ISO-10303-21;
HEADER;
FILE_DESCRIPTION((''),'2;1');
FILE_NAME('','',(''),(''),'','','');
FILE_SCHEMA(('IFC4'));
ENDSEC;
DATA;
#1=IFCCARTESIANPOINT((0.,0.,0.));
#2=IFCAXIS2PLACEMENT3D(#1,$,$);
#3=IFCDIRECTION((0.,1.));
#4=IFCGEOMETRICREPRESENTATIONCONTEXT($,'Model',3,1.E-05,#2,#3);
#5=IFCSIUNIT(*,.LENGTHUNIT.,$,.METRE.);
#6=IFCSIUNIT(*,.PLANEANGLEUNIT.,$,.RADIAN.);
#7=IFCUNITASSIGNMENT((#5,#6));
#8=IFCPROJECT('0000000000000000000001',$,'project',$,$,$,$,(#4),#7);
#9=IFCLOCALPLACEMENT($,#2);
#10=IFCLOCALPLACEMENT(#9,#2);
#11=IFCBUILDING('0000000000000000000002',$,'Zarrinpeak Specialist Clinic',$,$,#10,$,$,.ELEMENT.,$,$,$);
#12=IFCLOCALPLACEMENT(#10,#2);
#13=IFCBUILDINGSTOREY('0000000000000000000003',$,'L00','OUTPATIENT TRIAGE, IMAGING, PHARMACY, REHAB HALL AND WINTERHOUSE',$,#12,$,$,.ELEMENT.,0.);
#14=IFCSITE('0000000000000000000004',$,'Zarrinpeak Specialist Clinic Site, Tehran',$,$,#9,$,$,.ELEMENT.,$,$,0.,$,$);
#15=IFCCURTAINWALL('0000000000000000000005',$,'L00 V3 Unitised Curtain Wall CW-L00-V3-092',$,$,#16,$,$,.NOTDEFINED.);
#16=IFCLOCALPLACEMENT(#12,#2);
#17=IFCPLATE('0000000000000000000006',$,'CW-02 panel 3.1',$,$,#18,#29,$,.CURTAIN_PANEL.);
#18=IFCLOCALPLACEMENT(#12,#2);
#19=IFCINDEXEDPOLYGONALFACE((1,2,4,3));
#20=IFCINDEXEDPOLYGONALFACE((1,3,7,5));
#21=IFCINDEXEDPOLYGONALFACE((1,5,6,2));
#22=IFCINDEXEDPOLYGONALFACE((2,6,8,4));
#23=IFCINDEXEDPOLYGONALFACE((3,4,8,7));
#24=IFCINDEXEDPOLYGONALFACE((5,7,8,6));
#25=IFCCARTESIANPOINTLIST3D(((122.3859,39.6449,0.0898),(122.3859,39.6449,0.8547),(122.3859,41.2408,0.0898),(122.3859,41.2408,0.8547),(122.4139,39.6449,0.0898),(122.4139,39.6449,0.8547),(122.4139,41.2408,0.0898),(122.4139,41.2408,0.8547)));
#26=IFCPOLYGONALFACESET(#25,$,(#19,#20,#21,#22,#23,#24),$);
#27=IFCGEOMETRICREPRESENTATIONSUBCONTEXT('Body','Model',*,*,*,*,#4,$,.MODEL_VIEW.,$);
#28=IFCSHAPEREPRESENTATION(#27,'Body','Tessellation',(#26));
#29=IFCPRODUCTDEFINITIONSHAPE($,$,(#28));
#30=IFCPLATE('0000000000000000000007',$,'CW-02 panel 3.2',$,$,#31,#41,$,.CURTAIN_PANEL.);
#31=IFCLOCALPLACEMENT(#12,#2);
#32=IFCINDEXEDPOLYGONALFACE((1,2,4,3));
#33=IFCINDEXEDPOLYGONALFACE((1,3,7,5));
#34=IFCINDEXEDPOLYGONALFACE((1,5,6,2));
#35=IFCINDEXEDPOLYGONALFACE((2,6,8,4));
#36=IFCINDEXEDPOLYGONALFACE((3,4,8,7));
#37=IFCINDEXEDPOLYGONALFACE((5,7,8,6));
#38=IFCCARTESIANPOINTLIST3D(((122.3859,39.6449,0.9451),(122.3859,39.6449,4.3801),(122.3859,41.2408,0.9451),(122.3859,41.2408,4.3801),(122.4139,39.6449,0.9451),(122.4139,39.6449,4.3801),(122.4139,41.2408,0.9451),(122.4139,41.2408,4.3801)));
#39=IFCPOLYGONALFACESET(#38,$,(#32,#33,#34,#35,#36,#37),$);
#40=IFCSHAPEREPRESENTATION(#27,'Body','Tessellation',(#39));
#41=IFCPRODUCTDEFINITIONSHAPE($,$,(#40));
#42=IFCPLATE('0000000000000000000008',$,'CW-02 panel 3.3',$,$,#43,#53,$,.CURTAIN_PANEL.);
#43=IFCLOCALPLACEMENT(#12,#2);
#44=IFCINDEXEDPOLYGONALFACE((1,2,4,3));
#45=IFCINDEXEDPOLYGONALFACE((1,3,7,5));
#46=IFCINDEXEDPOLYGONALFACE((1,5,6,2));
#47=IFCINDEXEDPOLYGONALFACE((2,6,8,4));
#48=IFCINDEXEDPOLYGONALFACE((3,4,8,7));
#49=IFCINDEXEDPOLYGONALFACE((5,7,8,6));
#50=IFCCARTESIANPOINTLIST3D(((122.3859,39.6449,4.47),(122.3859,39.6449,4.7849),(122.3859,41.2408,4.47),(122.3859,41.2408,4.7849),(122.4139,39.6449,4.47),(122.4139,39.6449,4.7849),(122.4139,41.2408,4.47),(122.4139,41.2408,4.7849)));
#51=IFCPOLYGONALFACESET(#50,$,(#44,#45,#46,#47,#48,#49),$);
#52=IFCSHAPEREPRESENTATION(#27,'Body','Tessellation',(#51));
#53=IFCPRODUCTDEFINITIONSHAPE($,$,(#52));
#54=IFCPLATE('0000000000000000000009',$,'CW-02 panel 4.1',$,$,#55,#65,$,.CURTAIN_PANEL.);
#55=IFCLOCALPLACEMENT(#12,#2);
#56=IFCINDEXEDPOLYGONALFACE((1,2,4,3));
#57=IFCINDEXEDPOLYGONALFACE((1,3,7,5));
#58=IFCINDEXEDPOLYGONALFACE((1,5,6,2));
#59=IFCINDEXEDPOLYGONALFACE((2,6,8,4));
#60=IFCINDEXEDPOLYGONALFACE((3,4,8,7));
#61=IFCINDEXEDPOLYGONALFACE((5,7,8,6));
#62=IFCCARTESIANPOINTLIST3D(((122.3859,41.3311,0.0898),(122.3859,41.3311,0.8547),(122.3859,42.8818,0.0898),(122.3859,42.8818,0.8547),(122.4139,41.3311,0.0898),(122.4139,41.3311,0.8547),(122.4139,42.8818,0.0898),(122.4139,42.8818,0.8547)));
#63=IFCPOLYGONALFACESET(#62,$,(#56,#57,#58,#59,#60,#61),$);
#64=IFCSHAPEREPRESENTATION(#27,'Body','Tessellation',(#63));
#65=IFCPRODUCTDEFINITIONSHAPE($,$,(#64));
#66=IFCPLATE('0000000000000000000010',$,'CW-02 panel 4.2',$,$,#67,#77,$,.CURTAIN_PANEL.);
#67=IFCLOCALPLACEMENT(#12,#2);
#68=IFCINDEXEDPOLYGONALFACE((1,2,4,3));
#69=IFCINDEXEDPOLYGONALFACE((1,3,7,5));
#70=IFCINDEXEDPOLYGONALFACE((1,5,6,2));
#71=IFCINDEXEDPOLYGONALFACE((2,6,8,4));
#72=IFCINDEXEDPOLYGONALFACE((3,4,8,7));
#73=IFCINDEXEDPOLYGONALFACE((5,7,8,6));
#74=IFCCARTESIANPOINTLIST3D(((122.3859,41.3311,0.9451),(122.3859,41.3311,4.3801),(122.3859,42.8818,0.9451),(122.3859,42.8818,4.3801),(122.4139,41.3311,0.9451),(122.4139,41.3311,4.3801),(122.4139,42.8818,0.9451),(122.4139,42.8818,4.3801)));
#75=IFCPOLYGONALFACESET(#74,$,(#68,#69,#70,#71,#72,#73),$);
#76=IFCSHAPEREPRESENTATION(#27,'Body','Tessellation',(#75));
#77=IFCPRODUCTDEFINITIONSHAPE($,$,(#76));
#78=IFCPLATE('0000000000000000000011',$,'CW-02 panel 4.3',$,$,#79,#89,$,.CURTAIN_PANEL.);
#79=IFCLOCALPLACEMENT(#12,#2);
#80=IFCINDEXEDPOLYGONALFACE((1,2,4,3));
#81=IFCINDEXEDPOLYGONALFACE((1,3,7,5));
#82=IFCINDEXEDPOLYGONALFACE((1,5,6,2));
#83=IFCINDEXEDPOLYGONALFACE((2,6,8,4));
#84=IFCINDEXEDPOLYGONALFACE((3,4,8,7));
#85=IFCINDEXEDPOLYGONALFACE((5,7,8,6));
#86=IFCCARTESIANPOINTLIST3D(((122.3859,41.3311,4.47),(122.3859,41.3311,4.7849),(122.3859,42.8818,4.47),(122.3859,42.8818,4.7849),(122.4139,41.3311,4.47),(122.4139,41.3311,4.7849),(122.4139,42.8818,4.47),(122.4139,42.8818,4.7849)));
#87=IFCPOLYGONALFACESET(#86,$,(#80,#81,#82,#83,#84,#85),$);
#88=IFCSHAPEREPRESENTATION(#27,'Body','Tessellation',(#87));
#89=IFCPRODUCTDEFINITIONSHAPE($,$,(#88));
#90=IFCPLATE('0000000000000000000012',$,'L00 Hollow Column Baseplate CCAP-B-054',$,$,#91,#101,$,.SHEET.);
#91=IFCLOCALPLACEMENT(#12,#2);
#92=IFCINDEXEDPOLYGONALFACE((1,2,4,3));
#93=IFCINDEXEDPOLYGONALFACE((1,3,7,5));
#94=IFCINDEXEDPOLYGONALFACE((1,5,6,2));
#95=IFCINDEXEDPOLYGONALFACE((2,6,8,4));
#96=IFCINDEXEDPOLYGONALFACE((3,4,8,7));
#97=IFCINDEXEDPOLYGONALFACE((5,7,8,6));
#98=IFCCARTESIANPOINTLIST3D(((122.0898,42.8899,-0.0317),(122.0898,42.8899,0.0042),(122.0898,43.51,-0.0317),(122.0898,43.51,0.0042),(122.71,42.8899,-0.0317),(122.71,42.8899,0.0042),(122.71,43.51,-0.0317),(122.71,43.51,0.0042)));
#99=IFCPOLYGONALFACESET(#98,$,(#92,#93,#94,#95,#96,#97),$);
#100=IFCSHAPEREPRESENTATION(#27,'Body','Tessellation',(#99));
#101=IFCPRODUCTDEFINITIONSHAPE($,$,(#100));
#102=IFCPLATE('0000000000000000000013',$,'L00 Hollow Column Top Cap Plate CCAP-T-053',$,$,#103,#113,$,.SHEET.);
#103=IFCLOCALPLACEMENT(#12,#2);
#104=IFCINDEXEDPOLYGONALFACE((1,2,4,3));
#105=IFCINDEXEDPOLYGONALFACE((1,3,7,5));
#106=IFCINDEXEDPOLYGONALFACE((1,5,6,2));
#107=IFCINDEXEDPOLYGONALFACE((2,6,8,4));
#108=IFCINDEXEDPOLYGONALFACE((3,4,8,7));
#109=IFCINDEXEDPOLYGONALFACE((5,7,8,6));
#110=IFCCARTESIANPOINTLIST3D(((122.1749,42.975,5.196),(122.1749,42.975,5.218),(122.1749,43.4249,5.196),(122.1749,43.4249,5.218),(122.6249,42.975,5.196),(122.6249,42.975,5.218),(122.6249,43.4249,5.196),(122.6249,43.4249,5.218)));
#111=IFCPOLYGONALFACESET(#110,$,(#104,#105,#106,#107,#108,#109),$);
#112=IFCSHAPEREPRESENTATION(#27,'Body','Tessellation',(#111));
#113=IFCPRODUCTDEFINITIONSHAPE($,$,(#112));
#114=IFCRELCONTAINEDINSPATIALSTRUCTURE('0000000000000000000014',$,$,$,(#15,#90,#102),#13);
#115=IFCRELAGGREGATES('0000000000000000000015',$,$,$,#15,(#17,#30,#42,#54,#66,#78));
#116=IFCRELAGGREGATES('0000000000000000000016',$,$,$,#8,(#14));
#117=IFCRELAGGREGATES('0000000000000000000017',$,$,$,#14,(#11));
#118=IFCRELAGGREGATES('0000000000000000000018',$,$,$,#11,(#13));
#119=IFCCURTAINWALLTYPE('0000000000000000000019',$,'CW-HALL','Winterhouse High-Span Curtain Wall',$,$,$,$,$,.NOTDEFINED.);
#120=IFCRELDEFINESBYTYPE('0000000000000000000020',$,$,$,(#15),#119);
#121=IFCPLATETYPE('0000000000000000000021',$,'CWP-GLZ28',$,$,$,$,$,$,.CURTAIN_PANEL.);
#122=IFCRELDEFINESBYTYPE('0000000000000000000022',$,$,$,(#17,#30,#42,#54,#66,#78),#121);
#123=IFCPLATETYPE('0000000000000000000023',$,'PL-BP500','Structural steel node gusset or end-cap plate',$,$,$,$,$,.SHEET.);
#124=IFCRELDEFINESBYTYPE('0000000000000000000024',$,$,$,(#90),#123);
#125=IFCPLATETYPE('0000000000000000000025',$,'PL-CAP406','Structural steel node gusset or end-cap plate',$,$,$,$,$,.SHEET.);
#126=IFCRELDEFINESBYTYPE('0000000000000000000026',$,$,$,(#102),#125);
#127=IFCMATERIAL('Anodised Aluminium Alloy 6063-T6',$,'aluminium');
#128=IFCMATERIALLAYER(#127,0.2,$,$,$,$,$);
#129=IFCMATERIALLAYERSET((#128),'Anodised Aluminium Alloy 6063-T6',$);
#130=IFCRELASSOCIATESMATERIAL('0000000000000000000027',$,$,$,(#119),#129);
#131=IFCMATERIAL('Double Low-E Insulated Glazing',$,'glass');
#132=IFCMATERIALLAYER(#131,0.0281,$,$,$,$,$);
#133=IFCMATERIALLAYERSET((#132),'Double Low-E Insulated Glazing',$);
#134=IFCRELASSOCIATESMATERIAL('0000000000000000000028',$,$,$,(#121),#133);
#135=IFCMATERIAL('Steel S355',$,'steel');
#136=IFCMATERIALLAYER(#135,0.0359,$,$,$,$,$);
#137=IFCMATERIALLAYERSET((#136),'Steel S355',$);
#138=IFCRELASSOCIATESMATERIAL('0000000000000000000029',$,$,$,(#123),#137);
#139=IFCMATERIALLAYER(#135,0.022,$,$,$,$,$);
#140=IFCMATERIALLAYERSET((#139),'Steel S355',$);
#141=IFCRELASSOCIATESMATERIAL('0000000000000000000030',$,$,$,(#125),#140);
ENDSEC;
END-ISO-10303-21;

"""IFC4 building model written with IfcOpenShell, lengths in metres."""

from ifc_helpers import new_model, si_unit, direction, frame, origin, origin_2d, place, context, subcontext, project, spatial, rectangle, extrude, material, layer, layer_set, type_object, element, aggregate, save


model = new_model("IFC4")

# Units and contexts
model_context = context("Model", 3, precision=1e-05, world=origin(), true_north=direction((0.0, 1.0)))
body_context = subcontext(model_context, "Body", "Model", "MODEL_VIEW")
ifc_project = project(units=[si_unit("LENGTHUNIT", "METRE"), si_unit("PLANEANGLEUNIT", "RADIAN")], contexts=[model_context])

# Site, building, storey
site_placement = place(None, origin())
site = spatial("IfcSite", under=ifc_project, at=site_placement, Name="Zarrinpeak Specialist Clinic Site, Tehran", CompositionType="ELEMENT", RefElevation=0.0)
building_placement = place(site_placement, origin())
building = spatial("IfcBuilding", under=site, at=building_placement, Name="Zarrinpeak Specialist Clinic", CompositionType="ELEMENT")
storey_placement = place(building_placement, origin())
storey = spatial("IfcBuildingStorey", under=building, at=storey_placement, Name="L00", Description="OUTPATIENT TRIAGE, IMAGING, PHARMACY, REHAB HALL AND WINTERHOUSE", CompositionType="ELEMENT", Elevation=0.0)

# Shared definitions
ifc_material_1 = material(Name="Steel S355", Category="steel")

# Curtain wall
ifc_material_2 = material(Name="Anodised Aluminium Alloy 6063-T6", Category="aluminium")
ifc_layer_1 = layer(ifc_material_2, 0.2)
ifc_layer_set_1 = layer_set([ifc_layer_1], Name="Anodised Aluminium Alloy 6063-T6")
curtain_wall_type = type_object("IfcCurtainWallType", Name="CW-HALL", Description="Winterhouse High-Span Curtain Wall", PredefinedType="NOTDEFINED", material=ifc_layer_set_1)
curtain_wall_1_placement = place(storey_placement, origin())
curtain_wall_1 = element("IfcCurtainWall", 1, at=curtain_wall_1_placement, inside=storey, type_object=curtain_wall_type, Name="L00 V3 Unitised Curtain Wall CW-L00-V3-092", PredefinedType="NOTDEFINED")

# Plates
ifc_material_3 = material(Name="Double Low-E Insulated Glazing", Category="glass")
ifc_layer_2 = layer(ifc_material_3, 0.0281)
ifc_layer_set_2 = layer_set([ifc_layer_2], Name="Double Low-E Insulated Glazing")
plate_type_1 = type_object("IfcPlateType", Name="CWP-GLZ28", PredefinedType="CURTAIN_PANEL", material=ifc_layer_set_2)
plate_1_placement = place(storey_placement, frame((122.3999, 40.4429, 0.0898), z_axis=(0.0, 0.0, 1.0), x_axis=(0.0, 1.0, 0.0)))
plate_1 = element("IfcPlate", 2, at=plate_1_placement, type_object=plate_type_1, Name="CW-02 panel 3.1", PredefinedType="CURTAIN_PANEL", context=body_context, shape_type="SweptSolid", body=[
    extrude(rectangle(XDim=1.5959, YDim=0.0281, at=origin_2d()), origin(), (0.0, 0.0, 1.0), 0.7649),
])
plate_2_placement = place(storey_placement, frame((122.3999, 40.4429, 0.9451), z_axis=(0.0, 0.0, 1.0), x_axis=(0.0, 1.0, 0.0)))
plate_2 = element("IfcPlate", 3, at=plate_2_placement, type_object=plate_type_1, Name="CW-02 panel 3.2", PredefinedType="CURTAIN_PANEL", context=body_context, shape_type="SweptSolid", body=[
    extrude(rectangle(XDim=1.5959, YDim=0.0281, at=origin_2d()), origin(), (0.0, 0.0, 1.0), 3.4351),
])
plate_3_placement = place(storey_placement, frame((122.3999, 40.4429, 4.47), z_axis=(0.0, 0.0, 1.0), x_axis=(0.0, 1.0, 0.0)))
plate_3 = element("IfcPlate", 4, at=plate_3_placement, type_object=plate_type_1, Name="CW-02 panel 3.3", PredefinedType="CURTAIN_PANEL", context=body_context, shape_type="SweptSolid", body=[
    extrude(rectangle(XDim=1.5959, YDim=0.0281, at=origin_2d()), origin(), (0.0, 0.0, 1.0), 0.3149),
])
plate_4_placement = place(storey_placement, frame((122.3999, 42.1064, 0.0898), z_axis=(0.0, 0.0, 1.0), x_axis=(0.0, 1.0, 0.0)))
plate_4 = element("IfcPlate", 5, at=plate_4_placement, type_object=plate_type_1, Name="CW-02 panel 4.1", PredefinedType="CURTAIN_PANEL", context=body_context, shape_type="SweptSolid", body=[
    extrude(rectangle(XDim=1.5508, YDim=0.0281, at=origin_2d()), origin(), (0.0, 0.0, 1.0), 0.7649),
])
plate_5_placement = place(storey_placement, frame((122.3999, 42.1064, 0.9451), z_axis=(0.0, 0.0, 1.0), x_axis=(0.0, 1.0, 0.0)))
plate_5 = element("IfcPlate", 6, at=plate_5_placement, type_object=plate_type_1, Name="CW-02 panel 4.2", PredefinedType="CURTAIN_PANEL", context=body_context, shape_type="SweptSolid", body=[
    extrude(rectangle(XDim=1.5508, YDim=0.0281, at=origin_2d()), origin(), (0.0, 0.0, 1.0), 3.4351),
])
plate_6_placement = place(storey_placement, frame((122.3999, 42.1064, 4.47), z_axis=(0.0, 0.0, 1.0), x_axis=(0.0, 1.0, 0.0)))
plate_6 = element("IfcPlate", 7, at=plate_6_placement, type_object=plate_type_1, Name="CW-02 panel 4.3", PredefinedType="CURTAIN_PANEL", context=body_context, shape_type="SweptSolid", body=[
    extrude(rectangle(XDim=1.5508, YDim=0.0281, at=origin_2d()), origin(), (0.0, 0.0, 1.0), 0.3149),
])
aggregate(curtain_wall_1, [plate_1, plate_2, plate_3, plate_4, plate_5, plate_6])

# Plates
ifc_layer_3 = layer(ifc_material_1, 0.0359)
ifc_layer_set_3 = layer_set([ifc_layer_3], Name="Steel S355")
plate_type_2 = type_object("IfcPlateType", Name="PL-BP500", Description="Structural steel node gusset or end-cap plate", PredefinedType="SHEET", material=ifc_layer_set_3)
plate_7_placement = place(storey_placement, frame((122.3999, 43.2, -0.0317), z_axis=(0.0, 0.0, 1.0), x_axis=(1.0, 0.0, 0.0)))
element("IfcPlate", 8, at=plate_7_placement, inside=storey, type_object=plate_type_2, Name="L00 Hollow Column Baseplate CCAP-B-054", PredefinedType="SHEET", context=body_context, shape_type="SweptSolid", body=[
    extrude(rectangle(XDim=0.6201, YDim=0.6201, at=origin_2d()), origin(), (0.0, 0.0, 1.0), 0.0359),
])
ifc_layer_4 = layer(ifc_material_1, 0.022)
ifc_layer_set_4 = layer_set([ifc_layer_4], Name="Steel S355")
plate_type_3 = type_object("IfcPlateType", Name="PL-CAP406", Description="Structural steel node gusset or end-cap plate", PredefinedType="SHEET", material=ifc_layer_set_4)
plate_8_placement = place(storey_placement, frame((122.3999, 43.2, 5.196), z_axis=(0.0, 0.0, 1.0), x_axis=(1.0, 0.0, 0.0)))
element("IfcPlate", 9, at=plate_8_placement, inside=storey, type_object=plate_type_3, Name="L00 Hollow Column Top Cap Plate CCAP-T-053", PredefinedType="SHEET", context=body_context, shape_type="SweptSolid", body=[
    extrude(rectangle(XDim=0.45, YDim=0.45, at=origin_2d()), origin(), (0.0, 0.0, 1.0), 0.022),
])

save(model, "model.ifc")
